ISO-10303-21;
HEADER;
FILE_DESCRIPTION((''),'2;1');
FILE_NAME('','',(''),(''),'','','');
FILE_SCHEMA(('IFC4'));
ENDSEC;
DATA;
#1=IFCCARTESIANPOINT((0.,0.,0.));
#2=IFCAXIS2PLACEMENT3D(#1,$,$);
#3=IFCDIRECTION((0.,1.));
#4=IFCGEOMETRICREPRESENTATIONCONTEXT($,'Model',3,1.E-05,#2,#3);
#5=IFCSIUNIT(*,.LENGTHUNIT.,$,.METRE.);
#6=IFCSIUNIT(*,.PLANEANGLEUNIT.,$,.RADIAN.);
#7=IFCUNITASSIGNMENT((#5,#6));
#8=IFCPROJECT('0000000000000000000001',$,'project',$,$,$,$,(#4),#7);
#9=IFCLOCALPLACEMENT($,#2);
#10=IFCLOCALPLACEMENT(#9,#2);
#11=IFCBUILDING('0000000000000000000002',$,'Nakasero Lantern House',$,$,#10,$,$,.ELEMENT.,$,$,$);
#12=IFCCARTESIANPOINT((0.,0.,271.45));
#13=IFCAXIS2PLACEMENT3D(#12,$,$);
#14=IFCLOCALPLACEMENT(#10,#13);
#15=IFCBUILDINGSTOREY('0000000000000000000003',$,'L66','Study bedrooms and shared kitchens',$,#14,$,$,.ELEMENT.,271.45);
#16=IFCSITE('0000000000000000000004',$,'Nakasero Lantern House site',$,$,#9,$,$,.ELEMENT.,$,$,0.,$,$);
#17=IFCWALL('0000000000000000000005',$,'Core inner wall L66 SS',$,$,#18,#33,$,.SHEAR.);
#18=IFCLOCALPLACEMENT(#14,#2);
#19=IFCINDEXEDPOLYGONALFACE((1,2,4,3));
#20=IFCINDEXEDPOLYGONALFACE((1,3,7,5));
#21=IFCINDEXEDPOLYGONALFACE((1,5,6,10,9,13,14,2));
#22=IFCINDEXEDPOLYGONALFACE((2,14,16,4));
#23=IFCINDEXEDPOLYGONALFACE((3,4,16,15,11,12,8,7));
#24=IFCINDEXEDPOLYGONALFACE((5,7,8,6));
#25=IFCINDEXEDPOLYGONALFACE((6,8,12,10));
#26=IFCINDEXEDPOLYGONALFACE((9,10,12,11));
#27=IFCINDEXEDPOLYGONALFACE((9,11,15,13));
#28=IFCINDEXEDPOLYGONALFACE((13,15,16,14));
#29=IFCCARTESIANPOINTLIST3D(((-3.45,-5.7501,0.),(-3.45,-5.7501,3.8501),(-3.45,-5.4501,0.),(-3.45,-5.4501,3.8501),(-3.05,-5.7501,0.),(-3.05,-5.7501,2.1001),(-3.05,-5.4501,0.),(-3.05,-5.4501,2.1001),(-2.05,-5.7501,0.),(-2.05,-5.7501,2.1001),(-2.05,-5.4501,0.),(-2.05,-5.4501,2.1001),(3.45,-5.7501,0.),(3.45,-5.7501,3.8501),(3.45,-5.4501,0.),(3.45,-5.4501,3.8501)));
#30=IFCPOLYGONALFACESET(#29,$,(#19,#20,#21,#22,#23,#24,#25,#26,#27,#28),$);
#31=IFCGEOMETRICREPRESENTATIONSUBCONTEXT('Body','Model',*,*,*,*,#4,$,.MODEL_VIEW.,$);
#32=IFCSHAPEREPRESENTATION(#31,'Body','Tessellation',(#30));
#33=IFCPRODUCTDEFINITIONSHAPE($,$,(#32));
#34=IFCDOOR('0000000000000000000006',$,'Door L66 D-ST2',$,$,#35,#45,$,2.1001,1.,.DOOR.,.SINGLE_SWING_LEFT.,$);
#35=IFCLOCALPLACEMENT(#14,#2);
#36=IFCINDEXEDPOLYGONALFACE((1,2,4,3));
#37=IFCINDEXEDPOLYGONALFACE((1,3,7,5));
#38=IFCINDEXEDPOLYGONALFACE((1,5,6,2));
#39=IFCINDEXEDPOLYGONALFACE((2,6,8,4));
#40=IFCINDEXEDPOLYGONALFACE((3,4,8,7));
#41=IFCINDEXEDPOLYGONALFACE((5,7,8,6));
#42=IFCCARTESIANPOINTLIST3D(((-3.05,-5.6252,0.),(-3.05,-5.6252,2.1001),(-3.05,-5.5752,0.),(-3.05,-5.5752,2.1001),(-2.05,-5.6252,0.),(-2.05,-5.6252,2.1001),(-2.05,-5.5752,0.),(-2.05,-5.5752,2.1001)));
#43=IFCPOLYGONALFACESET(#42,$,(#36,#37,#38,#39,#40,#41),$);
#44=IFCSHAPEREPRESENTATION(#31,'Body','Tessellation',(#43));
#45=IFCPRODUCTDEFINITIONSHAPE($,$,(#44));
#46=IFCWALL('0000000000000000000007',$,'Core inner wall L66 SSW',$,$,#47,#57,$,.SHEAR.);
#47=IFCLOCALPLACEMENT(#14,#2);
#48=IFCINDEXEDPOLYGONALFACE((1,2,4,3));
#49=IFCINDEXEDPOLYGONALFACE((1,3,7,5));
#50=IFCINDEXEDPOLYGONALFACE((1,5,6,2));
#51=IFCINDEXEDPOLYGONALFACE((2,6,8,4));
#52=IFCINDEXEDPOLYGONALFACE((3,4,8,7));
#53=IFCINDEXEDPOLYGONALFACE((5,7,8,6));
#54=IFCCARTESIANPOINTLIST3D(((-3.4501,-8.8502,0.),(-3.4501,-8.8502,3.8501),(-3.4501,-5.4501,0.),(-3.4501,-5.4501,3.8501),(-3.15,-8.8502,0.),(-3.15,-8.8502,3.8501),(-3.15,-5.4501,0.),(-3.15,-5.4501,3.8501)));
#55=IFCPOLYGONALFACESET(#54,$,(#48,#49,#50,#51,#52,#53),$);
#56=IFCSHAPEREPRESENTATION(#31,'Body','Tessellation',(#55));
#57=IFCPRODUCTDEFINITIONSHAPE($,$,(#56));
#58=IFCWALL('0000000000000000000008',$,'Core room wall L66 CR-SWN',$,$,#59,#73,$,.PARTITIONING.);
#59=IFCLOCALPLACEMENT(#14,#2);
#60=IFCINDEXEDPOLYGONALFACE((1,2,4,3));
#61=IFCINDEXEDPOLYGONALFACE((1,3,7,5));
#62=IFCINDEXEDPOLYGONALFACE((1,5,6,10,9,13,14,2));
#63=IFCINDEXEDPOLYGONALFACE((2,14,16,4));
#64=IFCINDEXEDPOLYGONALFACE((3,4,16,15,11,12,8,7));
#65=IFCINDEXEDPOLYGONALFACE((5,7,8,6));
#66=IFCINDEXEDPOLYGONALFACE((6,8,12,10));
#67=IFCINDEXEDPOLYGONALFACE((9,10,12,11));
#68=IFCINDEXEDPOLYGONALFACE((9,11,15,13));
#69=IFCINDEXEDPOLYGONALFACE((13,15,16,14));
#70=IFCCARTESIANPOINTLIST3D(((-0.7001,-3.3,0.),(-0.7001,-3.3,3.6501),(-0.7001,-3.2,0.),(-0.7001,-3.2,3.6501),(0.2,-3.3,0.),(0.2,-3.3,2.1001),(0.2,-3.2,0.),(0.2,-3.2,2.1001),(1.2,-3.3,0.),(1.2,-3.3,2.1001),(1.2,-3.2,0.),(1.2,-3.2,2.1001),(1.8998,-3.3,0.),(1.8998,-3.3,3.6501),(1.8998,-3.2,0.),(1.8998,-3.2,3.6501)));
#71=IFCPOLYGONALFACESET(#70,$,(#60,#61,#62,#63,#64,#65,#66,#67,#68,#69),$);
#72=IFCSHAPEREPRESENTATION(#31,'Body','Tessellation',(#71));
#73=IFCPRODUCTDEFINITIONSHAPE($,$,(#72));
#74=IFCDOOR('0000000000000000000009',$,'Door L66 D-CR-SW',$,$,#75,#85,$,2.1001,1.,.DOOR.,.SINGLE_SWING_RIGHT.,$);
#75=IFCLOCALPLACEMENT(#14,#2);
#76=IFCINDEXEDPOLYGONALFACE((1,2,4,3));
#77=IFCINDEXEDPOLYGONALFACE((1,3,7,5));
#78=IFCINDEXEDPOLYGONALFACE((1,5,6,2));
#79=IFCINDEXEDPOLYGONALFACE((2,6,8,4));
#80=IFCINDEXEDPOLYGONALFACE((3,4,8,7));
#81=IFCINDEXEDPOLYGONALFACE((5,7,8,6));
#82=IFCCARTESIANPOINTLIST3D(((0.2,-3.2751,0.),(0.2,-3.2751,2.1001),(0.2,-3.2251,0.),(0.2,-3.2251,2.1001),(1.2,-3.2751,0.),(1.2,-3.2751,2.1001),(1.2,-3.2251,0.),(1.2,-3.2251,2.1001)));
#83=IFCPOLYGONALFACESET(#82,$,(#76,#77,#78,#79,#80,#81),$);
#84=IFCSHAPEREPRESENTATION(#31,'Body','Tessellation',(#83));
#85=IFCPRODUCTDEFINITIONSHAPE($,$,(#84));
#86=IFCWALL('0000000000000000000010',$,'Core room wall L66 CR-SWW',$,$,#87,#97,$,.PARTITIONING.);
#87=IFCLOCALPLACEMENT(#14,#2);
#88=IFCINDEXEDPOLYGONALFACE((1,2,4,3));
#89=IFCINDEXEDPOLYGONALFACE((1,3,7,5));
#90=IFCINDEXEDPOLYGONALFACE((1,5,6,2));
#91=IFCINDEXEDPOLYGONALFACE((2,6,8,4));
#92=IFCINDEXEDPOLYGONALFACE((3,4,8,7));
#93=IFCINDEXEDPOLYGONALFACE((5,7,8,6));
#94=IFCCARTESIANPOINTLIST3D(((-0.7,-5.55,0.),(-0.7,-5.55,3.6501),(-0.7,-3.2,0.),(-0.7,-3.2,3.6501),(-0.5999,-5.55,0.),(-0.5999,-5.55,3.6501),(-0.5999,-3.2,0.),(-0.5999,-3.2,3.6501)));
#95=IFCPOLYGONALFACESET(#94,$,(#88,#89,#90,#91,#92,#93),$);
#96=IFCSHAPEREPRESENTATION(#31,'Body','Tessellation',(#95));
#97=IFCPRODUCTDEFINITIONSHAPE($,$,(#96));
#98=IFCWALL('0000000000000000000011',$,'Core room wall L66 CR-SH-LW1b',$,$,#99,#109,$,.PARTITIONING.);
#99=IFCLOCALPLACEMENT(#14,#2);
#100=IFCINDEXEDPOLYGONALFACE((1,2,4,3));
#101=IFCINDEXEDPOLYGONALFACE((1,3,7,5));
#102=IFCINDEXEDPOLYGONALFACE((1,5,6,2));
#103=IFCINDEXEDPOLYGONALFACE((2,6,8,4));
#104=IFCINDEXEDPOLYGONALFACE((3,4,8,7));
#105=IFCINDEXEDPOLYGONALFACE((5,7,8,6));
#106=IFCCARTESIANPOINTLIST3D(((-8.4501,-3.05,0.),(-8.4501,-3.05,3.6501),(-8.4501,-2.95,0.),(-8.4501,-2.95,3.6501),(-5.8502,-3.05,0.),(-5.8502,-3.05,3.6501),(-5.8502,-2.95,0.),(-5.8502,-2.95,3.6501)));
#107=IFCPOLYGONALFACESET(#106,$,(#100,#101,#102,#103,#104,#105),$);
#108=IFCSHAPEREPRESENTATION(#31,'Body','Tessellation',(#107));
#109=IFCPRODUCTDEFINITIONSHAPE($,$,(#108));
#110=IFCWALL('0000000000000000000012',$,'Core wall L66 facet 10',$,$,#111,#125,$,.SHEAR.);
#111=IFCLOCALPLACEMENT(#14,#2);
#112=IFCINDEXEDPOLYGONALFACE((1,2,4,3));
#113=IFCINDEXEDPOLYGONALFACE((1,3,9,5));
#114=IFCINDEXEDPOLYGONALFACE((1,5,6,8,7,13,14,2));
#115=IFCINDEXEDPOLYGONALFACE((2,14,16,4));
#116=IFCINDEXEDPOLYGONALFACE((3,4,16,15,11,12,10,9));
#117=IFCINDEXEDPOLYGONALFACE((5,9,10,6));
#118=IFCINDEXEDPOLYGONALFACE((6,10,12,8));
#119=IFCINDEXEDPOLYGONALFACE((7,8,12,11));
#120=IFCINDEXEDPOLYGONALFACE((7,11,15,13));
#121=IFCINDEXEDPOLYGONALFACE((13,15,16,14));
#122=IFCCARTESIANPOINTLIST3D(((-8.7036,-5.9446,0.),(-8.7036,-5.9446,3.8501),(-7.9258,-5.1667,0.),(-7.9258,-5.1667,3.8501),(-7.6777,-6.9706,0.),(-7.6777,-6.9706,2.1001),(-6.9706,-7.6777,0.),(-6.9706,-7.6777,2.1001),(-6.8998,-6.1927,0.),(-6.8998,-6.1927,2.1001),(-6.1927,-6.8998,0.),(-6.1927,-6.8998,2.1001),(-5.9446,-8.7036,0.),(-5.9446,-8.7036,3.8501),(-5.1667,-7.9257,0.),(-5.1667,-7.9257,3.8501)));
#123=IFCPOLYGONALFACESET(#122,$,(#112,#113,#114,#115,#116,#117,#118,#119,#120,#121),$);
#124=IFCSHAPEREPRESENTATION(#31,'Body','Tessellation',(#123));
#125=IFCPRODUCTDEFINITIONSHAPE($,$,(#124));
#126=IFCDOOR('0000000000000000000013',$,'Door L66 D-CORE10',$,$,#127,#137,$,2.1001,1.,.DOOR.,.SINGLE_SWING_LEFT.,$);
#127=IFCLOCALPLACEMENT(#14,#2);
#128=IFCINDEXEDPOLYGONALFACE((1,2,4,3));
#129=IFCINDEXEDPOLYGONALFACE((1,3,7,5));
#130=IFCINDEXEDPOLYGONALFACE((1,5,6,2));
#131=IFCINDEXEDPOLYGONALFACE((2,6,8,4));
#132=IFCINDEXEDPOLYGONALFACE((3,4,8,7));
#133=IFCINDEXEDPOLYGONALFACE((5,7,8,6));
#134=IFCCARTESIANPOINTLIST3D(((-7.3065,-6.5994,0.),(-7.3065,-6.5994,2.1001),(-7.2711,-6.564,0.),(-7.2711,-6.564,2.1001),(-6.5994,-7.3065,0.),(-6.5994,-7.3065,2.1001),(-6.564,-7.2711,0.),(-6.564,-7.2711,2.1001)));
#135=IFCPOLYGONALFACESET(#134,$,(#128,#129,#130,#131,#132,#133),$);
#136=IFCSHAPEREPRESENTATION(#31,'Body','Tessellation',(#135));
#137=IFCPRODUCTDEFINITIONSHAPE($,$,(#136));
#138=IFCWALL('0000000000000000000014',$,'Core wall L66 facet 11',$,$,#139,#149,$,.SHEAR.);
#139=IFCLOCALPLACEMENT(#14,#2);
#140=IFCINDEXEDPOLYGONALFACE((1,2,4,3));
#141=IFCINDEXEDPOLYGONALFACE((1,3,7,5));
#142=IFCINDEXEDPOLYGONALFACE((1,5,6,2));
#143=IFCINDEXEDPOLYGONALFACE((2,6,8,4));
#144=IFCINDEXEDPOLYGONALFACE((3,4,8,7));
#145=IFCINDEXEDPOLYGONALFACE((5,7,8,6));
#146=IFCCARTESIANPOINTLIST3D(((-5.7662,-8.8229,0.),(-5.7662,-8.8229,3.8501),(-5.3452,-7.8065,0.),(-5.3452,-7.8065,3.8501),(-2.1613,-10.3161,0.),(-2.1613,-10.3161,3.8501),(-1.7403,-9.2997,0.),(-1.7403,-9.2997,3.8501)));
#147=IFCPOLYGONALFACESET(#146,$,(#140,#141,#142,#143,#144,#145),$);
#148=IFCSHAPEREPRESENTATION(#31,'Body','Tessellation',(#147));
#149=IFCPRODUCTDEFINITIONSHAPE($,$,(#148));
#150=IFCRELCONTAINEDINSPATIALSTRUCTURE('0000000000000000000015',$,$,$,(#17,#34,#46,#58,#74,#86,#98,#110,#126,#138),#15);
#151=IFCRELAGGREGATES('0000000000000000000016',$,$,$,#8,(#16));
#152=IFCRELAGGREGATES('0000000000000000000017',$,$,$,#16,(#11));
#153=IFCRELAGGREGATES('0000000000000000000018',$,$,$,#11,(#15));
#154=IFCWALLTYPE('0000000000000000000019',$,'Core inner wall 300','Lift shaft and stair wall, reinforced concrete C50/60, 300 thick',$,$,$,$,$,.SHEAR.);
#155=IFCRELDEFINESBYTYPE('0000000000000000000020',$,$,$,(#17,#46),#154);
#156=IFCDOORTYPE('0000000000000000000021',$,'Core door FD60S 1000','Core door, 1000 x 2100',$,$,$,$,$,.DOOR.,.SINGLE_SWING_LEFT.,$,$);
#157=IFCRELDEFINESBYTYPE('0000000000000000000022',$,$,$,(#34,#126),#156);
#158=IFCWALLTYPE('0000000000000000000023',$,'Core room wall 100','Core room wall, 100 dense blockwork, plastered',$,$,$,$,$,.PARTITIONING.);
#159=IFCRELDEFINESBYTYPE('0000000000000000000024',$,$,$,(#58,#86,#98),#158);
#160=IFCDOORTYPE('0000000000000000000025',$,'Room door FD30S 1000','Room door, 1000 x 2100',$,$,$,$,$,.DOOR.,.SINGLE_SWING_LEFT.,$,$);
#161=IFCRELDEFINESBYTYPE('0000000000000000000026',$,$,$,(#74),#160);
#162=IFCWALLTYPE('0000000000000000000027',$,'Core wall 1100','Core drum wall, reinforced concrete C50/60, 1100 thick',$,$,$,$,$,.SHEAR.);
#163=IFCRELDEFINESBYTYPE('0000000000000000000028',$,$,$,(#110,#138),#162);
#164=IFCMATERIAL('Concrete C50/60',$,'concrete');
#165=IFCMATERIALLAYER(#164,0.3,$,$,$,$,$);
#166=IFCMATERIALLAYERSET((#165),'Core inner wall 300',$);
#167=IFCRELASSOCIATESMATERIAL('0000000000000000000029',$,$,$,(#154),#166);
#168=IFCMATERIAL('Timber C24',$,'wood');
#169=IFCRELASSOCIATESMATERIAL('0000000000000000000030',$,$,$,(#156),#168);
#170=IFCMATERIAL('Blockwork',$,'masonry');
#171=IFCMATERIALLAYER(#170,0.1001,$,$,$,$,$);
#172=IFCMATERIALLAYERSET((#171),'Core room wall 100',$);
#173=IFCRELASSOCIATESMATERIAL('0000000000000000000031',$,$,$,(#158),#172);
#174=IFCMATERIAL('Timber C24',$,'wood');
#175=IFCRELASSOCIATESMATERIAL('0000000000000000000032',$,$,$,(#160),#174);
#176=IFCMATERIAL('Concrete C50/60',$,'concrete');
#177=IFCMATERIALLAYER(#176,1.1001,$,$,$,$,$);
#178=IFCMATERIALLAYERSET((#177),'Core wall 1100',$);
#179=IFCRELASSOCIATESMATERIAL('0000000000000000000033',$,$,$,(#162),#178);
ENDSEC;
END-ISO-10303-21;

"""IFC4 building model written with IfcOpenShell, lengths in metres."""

from ifc_helpers import new_model, si_unit, direction, frame, frame_2d, origin, place, context, subcontext, project, spatial, rectangle, extrude, material, layer, layer_set, type_object, element, fill, save


model = new_model("IFC4")

# Units and contexts
model_context = context("Model", 3, precision=1e-05, world=origin(), true_north=direction((0.0, 1.0)))
body_context = subcontext(model_context, "Body", "Model", "MODEL_VIEW")
ifc_project = project(units=[si_unit("LENGTHUNIT", "METRE"), si_unit("PLANEANGLEUNIT", "RADIAN")], contexts=[model_context])

# Site, building, storey
site_placement = place(None, origin())
site = spatial("IfcSite", under=ifc_project, at=site_placement, Name="Nakasero Lantern House site", CompositionType="ELEMENT", RefElevation=0.0)
building_placement = place(site_placement, origin())
building = spatial("IfcBuilding", under=site, at=building_placement, Name="Nakasero Lantern House", CompositionType="ELEMENT")
storey_placement = place(building_placement, frame((0.0, 0.0, 271.45)))
storey = spatial("IfcBuildingStorey", under=building, at=storey_placement, Name="L66", Description="Study bedrooms and shared kitchens", CompositionType="ELEMENT", Elevation=271.45)

# Shared definitions
ifc_material_1 = material(Name="Concrete C50/60", Category="concrete")
ifc_layer_1 = layer(ifc_material_1, 0.3)
ifc_layer_set_1 = layer_set([ifc_layer_1], Name="Core inner wall 300")
wall_type_1 = type_object("IfcWallType", Name="Core inner wall 300", Description="Lift shaft and stair wall, reinforced concrete C50/60, 300 thick", PredefinedType="SHEAR", material=ifc_layer_set_1)

# Wall, opening, door
wall_1_placement = place(storey_placement, frame((-3.45, -5.6001, 0.0), z_axis=(0.0, 0.0, 1.0), x_axis=(1.0, 0.0, 0.0)))
wall_1 = element("IfcWall", 1, at=wall_1_placement, inside=storey, type_object=wall_type_1, Name="Core inner wall L66 SS", PredefinedType="SHEAR", context=body_context, shape_type="SweptSolid", body=[
    extrude(rectangle(XDim=6.8999, YDim=0.3, at=frame_2d((3.45, 0.0))), origin(), (0.0, 0.0, 1.0), 3.8501),
])
opening_1_placement = place(wall_1_placement, frame((0.3999, 0.0, 0.0)))
opening_1 = element("IfcOpeningElement", 2, at=opening_1_placement, cuts=wall_1, PredefinedType="OPENING", context=body_context, shape_type="SweptSolid", body=[
    extrude(rectangle(XDim=1.0, YDim=2.1001, at=frame_2d((0.5, 1.05))), frame((0.0, 0.1699, 0.0), z_axis=(0.0, -1.0, 0.0), x_axis=(1.0, 0.0, 0.0)), (0.0, 0.0, 1.0), 0.3401),
])
ifc_material_2 = material(Name="Timber C24", Category="wood")
door_type_1 = type_object("IfcDoorType", Name="Core door FD60S 1000", Description="Core door, 1000 x 2100", OperationType="SINGLE_SWING_LEFT", PredefinedType="DOOR", material=ifc_material_2)
door_1_placement = place(opening_1_placement, origin())
door_1 = element("IfcDoor", 3, at=door_1_placement, inside=storey, type_object=door_type_1, Name="Door L66 D-ST2", OperationType="SINGLE_SWING_LEFT", OverallHeight=2.1001, OverallWidth=1.0, PredefinedType="DOOR", context=body_context, shape_type="SweptSolid", body=[
    extrude(rectangle(XDim=1.0, YDim=2.1001, at=frame_2d((0.5, 1.05))), frame((0.0, 0.0249, 0.0), z_axis=(0.0, -1.0, 0.0), x_axis=(1.0, 0.0, 0.0)), (0.0, 0.0, 1.0), 0.05),
])
fill(opening_1, door_1)

# Wall
wall_2_placement = place(storey_placement, frame((-3.3, -5.45, 0.0), z_axis=(0.0, 0.0, 1.0), x_axis=(0.0, -1.0, 0.0)))
element("IfcWall", 4, at=wall_2_placement, inside=storey, type_object=wall_type_1, Name="Core inner wall L66 SSW", PredefinedType="SHEAR", context=body_context, shape_type="SweptSolid", body=[
    extrude(rectangle(XDim=3.4001, YDim=0.3, at=frame_2d((1.7002, 0.0))), origin(), (0.0, 0.0, 1.0), 3.8501),
])

# Wall, opening, door
ifc_material_3 = material(Name="Blockwork", Category="masonry")
ifc_layer_2 = layer(ifc_material_3, 0.1001)
ifc_layer_set_2 = layer_set([ifc_layer_2], Name="Core room wall 100")
wall_type_2 = type_object("IfcWallType", Name="Core room wall 100", Description="Core room wall, 100 dense blockwork, plastered", PredefinedType="PARTITIONING", material=ifc_layer_set_2)
wall_3_placement = place(storey_placement, frame((-0.7, -3.25, 0.0), z_axis=(0.0, 0.0, 1.0), x_axis=(1.0, 0.0, 0.0)))
wall_3 = element("IfcWall", 5, at=wall_3_placement, inside=storey, type_object=wall_type_2, Name="Core room wall L66 CR-SWN", PredefinedType="PARTITIONING", context=body_context, shape_type="SweptSolid", body=[
    extrude(rectangle(XDim=2.5999, YDim=0.1001, at=frame_2d((1.2998, 0.0))), origin(), (0.0, 0.0, 1.0), 3.6501),
])
opening_2_placement = place(wall_3_placement, frame((0.8999, 0.0, 0.0)))
opening_2 = element("IfcOpeningElement", 6, at=opening_2_placement, cuts=wall_3, PredefinedType="OPENING", context=body_context, shape_type="SweptSolid", body=[
    extrude(rectangle(XDim=1.0, YDim=2.1001, at=frame_2d((0.5, 1.05))), frame((0.0, 0.0701, 0.0), z_axis=(0.0, -1.0, 0.0), x_axis=(1.0, 0.0, 0.0)), (0.0, 0.0, 1.0), 0.1401),
])
ifc_material_4 = material(Name="Timber C24", Category="wood")
door_type_2 = type_object("IfcDoorType", Name="Room door FD30S 1000", Description="Room door, 1000 x 2100", OperationType="SINGLE_SWING_LEFT", PredefinedType="DOOR", material=ifc_material_4)
door_2_placement = place(opening_2_placement, origin())
door_2 = element("IfcDoor", 7, at=door_2_placement, inside=storey, type_object=door_type_2, Name="Door L66 D-CR-SW", OperationType="SINGLE_SWING_RIGHT", OverallHeight=2.1001, OverallWidth=1.0, PredefinedType="DOOR", context=body_context, shape_type="SweptSolid", body=[
    extrude(rectangle(XDim=1.0, YDim=2.1001, at=frame_2d((0.5, 1.05))), frame((0.0, 0.0249, 0.0), z_axis=(0.0, -1.0, 0.0), x_axis=(1.0, 0.0, 0.0)), (0.0, 0.0, 1.0), 0.05),
])
fill(opening_2, door_2)

# Walls
wall_4_placement = place(storey_placement, frame((-0.6499, -5.55, 0.0), z_axis=(0.0, 0.0, 1.0), x_axis=(0.0, 1.0, 0.0)))
element("IfcWall", 8, at=wall_4_placement, inside=storey, type_object=wall_type_2, Name="Core room wall L66 CR-SWW", PredefinedType="PARTITIONING", context=body_context, shape_type="SweptSolid", body=[
    extrude(rectangle(XDim=2.3501, YDim=0.1001, at=frame_2d((1.175, 0.0))), origin(), (0.0, 0.0, 1.0), 3.6501),
])
wall_5_placement = place(storey_placement, frame((-8.45, -3.0, 0.0), z_axis=(0.0, 0.0, 1.0), x_axis=(1.0, 0.0, 0.0)))
element("IfcWall", 9, at=wall_5_placement, inside=storey, type_object=wall_type_2, Name="Core room wall L66 CR-SH-LW1b", PredefinedType="PARTITIONING", context=body_context, shape_type="SweptSolid", body=[
    extrude(rectangle(XDim=2.5999, YDim=0.1001, at=frame_2d((1.2998, 0.0))), origin(), (0.0, 0.0, 1.0), 3.6501),
])

# Wall, opening, door
ifc_material_5 = material(Name="Concrete C50/60", Category="concrete")
ifc_layer_3 = layer(ifc_material_5, 1.1001)
ifc_layer_set_3 = layer_set([ifc_layer_3], Name="Core wall 1100")
wall_type_3 = type_object("IfcWallType", Name="Core wall 1100", Description="Core drum wall, reinforced concrete C50/60, 1100 thick", PredefinedType="SHEAR", material=ifc_layer_set_3)
wall_6_placement = place(storey_placement, frame((-8.3147, -5.5557, 0.0), z_axis=(0.0, 0.0, 1.0), x_axis=(0.707107, -0.707107, 0.0)))
wall_6 = element("IfcWall", 10, at=wall_6_placement, inside=storey, type_object=wall_type_3, Name="Core wall L66 facet 10", PredefinedType="SHEAR", context=body_context, shape_type="SweptSolid", body=[
    extrude(rectangle(XDim=3.9019, YDim=1.1001, at=frame_2d((1.9509, 0.0))), origin(), (0.0, 0.0, 1.0), 3.8501),
])
opening_3_placement = place(wall_6_placement, frame((1.4509, 0.0, 0.0)))
opening_3 = element("IfcOpeningElement", 11, at=opening_3_placement, cuts=wall_6, PredefinedType="OPENING", context=body_context, shape_type="SweptSolid", body=[
    extrude(rectangle(XDim=1.0, YDim=2.1001, at=frame_2d((0.5, 1.05))), frame((0.0, 0.5701, 0.0), z_axis=(0.0, -1.0, 0.0), x_axis=(1.0, 0.0, 0.0)), (0.0, 0.0, 1.0), 1.1401),
])
door_3_placement = place(opening_3_placement, origin())
door_3 = element("IfcDoor", 12, at=door_3_placement, inside=storey, type_object=door_type_1, Name="Door L66 D-CORE10", OperationType="SINGLE_SWING_LEFT", OverallHeight=2.1001, OverallWidth=1.0, PredefinedType="DOOR", context=body_context, shape_type="SweptSolid", body=[
    extrude(rectangle(XDim=1.0, YDim=2.1001, at=frame_2d((0.5, 1.05))), frame((0.0, 0.0249, 0.0), z_axis=(0.0, -1.0, 0.0), x_axis=(1.0, 0.0, 0.0)), (0.0, 0.0, 1.0), 0.05),
])
fill(opening_3, door_3)

# Wall
wall_7_placement = place(storey_placement, frame((-5.5557, -8.3147, 0.0), z_axis=(0.0, 0.0, 1.0), x_axis=(0.923877, -0.382691, 0.0)))
element("IfcWall", 13, at=wall_7_placement, inside=storey, type_object=wall_type_3, Name="Core wall L66 facet 11", PredefinedType="SHEAR", context=body_context, shape_type="SweptSolid", body=[
    extrude(rectangle(XDim=3.9019, YDim=1.1001, at=frame_2d((1.9509, 0.0))), origin(), (0.0, 0.0, 1.0), 3.8501),
])

save(model, "model.ifc")
